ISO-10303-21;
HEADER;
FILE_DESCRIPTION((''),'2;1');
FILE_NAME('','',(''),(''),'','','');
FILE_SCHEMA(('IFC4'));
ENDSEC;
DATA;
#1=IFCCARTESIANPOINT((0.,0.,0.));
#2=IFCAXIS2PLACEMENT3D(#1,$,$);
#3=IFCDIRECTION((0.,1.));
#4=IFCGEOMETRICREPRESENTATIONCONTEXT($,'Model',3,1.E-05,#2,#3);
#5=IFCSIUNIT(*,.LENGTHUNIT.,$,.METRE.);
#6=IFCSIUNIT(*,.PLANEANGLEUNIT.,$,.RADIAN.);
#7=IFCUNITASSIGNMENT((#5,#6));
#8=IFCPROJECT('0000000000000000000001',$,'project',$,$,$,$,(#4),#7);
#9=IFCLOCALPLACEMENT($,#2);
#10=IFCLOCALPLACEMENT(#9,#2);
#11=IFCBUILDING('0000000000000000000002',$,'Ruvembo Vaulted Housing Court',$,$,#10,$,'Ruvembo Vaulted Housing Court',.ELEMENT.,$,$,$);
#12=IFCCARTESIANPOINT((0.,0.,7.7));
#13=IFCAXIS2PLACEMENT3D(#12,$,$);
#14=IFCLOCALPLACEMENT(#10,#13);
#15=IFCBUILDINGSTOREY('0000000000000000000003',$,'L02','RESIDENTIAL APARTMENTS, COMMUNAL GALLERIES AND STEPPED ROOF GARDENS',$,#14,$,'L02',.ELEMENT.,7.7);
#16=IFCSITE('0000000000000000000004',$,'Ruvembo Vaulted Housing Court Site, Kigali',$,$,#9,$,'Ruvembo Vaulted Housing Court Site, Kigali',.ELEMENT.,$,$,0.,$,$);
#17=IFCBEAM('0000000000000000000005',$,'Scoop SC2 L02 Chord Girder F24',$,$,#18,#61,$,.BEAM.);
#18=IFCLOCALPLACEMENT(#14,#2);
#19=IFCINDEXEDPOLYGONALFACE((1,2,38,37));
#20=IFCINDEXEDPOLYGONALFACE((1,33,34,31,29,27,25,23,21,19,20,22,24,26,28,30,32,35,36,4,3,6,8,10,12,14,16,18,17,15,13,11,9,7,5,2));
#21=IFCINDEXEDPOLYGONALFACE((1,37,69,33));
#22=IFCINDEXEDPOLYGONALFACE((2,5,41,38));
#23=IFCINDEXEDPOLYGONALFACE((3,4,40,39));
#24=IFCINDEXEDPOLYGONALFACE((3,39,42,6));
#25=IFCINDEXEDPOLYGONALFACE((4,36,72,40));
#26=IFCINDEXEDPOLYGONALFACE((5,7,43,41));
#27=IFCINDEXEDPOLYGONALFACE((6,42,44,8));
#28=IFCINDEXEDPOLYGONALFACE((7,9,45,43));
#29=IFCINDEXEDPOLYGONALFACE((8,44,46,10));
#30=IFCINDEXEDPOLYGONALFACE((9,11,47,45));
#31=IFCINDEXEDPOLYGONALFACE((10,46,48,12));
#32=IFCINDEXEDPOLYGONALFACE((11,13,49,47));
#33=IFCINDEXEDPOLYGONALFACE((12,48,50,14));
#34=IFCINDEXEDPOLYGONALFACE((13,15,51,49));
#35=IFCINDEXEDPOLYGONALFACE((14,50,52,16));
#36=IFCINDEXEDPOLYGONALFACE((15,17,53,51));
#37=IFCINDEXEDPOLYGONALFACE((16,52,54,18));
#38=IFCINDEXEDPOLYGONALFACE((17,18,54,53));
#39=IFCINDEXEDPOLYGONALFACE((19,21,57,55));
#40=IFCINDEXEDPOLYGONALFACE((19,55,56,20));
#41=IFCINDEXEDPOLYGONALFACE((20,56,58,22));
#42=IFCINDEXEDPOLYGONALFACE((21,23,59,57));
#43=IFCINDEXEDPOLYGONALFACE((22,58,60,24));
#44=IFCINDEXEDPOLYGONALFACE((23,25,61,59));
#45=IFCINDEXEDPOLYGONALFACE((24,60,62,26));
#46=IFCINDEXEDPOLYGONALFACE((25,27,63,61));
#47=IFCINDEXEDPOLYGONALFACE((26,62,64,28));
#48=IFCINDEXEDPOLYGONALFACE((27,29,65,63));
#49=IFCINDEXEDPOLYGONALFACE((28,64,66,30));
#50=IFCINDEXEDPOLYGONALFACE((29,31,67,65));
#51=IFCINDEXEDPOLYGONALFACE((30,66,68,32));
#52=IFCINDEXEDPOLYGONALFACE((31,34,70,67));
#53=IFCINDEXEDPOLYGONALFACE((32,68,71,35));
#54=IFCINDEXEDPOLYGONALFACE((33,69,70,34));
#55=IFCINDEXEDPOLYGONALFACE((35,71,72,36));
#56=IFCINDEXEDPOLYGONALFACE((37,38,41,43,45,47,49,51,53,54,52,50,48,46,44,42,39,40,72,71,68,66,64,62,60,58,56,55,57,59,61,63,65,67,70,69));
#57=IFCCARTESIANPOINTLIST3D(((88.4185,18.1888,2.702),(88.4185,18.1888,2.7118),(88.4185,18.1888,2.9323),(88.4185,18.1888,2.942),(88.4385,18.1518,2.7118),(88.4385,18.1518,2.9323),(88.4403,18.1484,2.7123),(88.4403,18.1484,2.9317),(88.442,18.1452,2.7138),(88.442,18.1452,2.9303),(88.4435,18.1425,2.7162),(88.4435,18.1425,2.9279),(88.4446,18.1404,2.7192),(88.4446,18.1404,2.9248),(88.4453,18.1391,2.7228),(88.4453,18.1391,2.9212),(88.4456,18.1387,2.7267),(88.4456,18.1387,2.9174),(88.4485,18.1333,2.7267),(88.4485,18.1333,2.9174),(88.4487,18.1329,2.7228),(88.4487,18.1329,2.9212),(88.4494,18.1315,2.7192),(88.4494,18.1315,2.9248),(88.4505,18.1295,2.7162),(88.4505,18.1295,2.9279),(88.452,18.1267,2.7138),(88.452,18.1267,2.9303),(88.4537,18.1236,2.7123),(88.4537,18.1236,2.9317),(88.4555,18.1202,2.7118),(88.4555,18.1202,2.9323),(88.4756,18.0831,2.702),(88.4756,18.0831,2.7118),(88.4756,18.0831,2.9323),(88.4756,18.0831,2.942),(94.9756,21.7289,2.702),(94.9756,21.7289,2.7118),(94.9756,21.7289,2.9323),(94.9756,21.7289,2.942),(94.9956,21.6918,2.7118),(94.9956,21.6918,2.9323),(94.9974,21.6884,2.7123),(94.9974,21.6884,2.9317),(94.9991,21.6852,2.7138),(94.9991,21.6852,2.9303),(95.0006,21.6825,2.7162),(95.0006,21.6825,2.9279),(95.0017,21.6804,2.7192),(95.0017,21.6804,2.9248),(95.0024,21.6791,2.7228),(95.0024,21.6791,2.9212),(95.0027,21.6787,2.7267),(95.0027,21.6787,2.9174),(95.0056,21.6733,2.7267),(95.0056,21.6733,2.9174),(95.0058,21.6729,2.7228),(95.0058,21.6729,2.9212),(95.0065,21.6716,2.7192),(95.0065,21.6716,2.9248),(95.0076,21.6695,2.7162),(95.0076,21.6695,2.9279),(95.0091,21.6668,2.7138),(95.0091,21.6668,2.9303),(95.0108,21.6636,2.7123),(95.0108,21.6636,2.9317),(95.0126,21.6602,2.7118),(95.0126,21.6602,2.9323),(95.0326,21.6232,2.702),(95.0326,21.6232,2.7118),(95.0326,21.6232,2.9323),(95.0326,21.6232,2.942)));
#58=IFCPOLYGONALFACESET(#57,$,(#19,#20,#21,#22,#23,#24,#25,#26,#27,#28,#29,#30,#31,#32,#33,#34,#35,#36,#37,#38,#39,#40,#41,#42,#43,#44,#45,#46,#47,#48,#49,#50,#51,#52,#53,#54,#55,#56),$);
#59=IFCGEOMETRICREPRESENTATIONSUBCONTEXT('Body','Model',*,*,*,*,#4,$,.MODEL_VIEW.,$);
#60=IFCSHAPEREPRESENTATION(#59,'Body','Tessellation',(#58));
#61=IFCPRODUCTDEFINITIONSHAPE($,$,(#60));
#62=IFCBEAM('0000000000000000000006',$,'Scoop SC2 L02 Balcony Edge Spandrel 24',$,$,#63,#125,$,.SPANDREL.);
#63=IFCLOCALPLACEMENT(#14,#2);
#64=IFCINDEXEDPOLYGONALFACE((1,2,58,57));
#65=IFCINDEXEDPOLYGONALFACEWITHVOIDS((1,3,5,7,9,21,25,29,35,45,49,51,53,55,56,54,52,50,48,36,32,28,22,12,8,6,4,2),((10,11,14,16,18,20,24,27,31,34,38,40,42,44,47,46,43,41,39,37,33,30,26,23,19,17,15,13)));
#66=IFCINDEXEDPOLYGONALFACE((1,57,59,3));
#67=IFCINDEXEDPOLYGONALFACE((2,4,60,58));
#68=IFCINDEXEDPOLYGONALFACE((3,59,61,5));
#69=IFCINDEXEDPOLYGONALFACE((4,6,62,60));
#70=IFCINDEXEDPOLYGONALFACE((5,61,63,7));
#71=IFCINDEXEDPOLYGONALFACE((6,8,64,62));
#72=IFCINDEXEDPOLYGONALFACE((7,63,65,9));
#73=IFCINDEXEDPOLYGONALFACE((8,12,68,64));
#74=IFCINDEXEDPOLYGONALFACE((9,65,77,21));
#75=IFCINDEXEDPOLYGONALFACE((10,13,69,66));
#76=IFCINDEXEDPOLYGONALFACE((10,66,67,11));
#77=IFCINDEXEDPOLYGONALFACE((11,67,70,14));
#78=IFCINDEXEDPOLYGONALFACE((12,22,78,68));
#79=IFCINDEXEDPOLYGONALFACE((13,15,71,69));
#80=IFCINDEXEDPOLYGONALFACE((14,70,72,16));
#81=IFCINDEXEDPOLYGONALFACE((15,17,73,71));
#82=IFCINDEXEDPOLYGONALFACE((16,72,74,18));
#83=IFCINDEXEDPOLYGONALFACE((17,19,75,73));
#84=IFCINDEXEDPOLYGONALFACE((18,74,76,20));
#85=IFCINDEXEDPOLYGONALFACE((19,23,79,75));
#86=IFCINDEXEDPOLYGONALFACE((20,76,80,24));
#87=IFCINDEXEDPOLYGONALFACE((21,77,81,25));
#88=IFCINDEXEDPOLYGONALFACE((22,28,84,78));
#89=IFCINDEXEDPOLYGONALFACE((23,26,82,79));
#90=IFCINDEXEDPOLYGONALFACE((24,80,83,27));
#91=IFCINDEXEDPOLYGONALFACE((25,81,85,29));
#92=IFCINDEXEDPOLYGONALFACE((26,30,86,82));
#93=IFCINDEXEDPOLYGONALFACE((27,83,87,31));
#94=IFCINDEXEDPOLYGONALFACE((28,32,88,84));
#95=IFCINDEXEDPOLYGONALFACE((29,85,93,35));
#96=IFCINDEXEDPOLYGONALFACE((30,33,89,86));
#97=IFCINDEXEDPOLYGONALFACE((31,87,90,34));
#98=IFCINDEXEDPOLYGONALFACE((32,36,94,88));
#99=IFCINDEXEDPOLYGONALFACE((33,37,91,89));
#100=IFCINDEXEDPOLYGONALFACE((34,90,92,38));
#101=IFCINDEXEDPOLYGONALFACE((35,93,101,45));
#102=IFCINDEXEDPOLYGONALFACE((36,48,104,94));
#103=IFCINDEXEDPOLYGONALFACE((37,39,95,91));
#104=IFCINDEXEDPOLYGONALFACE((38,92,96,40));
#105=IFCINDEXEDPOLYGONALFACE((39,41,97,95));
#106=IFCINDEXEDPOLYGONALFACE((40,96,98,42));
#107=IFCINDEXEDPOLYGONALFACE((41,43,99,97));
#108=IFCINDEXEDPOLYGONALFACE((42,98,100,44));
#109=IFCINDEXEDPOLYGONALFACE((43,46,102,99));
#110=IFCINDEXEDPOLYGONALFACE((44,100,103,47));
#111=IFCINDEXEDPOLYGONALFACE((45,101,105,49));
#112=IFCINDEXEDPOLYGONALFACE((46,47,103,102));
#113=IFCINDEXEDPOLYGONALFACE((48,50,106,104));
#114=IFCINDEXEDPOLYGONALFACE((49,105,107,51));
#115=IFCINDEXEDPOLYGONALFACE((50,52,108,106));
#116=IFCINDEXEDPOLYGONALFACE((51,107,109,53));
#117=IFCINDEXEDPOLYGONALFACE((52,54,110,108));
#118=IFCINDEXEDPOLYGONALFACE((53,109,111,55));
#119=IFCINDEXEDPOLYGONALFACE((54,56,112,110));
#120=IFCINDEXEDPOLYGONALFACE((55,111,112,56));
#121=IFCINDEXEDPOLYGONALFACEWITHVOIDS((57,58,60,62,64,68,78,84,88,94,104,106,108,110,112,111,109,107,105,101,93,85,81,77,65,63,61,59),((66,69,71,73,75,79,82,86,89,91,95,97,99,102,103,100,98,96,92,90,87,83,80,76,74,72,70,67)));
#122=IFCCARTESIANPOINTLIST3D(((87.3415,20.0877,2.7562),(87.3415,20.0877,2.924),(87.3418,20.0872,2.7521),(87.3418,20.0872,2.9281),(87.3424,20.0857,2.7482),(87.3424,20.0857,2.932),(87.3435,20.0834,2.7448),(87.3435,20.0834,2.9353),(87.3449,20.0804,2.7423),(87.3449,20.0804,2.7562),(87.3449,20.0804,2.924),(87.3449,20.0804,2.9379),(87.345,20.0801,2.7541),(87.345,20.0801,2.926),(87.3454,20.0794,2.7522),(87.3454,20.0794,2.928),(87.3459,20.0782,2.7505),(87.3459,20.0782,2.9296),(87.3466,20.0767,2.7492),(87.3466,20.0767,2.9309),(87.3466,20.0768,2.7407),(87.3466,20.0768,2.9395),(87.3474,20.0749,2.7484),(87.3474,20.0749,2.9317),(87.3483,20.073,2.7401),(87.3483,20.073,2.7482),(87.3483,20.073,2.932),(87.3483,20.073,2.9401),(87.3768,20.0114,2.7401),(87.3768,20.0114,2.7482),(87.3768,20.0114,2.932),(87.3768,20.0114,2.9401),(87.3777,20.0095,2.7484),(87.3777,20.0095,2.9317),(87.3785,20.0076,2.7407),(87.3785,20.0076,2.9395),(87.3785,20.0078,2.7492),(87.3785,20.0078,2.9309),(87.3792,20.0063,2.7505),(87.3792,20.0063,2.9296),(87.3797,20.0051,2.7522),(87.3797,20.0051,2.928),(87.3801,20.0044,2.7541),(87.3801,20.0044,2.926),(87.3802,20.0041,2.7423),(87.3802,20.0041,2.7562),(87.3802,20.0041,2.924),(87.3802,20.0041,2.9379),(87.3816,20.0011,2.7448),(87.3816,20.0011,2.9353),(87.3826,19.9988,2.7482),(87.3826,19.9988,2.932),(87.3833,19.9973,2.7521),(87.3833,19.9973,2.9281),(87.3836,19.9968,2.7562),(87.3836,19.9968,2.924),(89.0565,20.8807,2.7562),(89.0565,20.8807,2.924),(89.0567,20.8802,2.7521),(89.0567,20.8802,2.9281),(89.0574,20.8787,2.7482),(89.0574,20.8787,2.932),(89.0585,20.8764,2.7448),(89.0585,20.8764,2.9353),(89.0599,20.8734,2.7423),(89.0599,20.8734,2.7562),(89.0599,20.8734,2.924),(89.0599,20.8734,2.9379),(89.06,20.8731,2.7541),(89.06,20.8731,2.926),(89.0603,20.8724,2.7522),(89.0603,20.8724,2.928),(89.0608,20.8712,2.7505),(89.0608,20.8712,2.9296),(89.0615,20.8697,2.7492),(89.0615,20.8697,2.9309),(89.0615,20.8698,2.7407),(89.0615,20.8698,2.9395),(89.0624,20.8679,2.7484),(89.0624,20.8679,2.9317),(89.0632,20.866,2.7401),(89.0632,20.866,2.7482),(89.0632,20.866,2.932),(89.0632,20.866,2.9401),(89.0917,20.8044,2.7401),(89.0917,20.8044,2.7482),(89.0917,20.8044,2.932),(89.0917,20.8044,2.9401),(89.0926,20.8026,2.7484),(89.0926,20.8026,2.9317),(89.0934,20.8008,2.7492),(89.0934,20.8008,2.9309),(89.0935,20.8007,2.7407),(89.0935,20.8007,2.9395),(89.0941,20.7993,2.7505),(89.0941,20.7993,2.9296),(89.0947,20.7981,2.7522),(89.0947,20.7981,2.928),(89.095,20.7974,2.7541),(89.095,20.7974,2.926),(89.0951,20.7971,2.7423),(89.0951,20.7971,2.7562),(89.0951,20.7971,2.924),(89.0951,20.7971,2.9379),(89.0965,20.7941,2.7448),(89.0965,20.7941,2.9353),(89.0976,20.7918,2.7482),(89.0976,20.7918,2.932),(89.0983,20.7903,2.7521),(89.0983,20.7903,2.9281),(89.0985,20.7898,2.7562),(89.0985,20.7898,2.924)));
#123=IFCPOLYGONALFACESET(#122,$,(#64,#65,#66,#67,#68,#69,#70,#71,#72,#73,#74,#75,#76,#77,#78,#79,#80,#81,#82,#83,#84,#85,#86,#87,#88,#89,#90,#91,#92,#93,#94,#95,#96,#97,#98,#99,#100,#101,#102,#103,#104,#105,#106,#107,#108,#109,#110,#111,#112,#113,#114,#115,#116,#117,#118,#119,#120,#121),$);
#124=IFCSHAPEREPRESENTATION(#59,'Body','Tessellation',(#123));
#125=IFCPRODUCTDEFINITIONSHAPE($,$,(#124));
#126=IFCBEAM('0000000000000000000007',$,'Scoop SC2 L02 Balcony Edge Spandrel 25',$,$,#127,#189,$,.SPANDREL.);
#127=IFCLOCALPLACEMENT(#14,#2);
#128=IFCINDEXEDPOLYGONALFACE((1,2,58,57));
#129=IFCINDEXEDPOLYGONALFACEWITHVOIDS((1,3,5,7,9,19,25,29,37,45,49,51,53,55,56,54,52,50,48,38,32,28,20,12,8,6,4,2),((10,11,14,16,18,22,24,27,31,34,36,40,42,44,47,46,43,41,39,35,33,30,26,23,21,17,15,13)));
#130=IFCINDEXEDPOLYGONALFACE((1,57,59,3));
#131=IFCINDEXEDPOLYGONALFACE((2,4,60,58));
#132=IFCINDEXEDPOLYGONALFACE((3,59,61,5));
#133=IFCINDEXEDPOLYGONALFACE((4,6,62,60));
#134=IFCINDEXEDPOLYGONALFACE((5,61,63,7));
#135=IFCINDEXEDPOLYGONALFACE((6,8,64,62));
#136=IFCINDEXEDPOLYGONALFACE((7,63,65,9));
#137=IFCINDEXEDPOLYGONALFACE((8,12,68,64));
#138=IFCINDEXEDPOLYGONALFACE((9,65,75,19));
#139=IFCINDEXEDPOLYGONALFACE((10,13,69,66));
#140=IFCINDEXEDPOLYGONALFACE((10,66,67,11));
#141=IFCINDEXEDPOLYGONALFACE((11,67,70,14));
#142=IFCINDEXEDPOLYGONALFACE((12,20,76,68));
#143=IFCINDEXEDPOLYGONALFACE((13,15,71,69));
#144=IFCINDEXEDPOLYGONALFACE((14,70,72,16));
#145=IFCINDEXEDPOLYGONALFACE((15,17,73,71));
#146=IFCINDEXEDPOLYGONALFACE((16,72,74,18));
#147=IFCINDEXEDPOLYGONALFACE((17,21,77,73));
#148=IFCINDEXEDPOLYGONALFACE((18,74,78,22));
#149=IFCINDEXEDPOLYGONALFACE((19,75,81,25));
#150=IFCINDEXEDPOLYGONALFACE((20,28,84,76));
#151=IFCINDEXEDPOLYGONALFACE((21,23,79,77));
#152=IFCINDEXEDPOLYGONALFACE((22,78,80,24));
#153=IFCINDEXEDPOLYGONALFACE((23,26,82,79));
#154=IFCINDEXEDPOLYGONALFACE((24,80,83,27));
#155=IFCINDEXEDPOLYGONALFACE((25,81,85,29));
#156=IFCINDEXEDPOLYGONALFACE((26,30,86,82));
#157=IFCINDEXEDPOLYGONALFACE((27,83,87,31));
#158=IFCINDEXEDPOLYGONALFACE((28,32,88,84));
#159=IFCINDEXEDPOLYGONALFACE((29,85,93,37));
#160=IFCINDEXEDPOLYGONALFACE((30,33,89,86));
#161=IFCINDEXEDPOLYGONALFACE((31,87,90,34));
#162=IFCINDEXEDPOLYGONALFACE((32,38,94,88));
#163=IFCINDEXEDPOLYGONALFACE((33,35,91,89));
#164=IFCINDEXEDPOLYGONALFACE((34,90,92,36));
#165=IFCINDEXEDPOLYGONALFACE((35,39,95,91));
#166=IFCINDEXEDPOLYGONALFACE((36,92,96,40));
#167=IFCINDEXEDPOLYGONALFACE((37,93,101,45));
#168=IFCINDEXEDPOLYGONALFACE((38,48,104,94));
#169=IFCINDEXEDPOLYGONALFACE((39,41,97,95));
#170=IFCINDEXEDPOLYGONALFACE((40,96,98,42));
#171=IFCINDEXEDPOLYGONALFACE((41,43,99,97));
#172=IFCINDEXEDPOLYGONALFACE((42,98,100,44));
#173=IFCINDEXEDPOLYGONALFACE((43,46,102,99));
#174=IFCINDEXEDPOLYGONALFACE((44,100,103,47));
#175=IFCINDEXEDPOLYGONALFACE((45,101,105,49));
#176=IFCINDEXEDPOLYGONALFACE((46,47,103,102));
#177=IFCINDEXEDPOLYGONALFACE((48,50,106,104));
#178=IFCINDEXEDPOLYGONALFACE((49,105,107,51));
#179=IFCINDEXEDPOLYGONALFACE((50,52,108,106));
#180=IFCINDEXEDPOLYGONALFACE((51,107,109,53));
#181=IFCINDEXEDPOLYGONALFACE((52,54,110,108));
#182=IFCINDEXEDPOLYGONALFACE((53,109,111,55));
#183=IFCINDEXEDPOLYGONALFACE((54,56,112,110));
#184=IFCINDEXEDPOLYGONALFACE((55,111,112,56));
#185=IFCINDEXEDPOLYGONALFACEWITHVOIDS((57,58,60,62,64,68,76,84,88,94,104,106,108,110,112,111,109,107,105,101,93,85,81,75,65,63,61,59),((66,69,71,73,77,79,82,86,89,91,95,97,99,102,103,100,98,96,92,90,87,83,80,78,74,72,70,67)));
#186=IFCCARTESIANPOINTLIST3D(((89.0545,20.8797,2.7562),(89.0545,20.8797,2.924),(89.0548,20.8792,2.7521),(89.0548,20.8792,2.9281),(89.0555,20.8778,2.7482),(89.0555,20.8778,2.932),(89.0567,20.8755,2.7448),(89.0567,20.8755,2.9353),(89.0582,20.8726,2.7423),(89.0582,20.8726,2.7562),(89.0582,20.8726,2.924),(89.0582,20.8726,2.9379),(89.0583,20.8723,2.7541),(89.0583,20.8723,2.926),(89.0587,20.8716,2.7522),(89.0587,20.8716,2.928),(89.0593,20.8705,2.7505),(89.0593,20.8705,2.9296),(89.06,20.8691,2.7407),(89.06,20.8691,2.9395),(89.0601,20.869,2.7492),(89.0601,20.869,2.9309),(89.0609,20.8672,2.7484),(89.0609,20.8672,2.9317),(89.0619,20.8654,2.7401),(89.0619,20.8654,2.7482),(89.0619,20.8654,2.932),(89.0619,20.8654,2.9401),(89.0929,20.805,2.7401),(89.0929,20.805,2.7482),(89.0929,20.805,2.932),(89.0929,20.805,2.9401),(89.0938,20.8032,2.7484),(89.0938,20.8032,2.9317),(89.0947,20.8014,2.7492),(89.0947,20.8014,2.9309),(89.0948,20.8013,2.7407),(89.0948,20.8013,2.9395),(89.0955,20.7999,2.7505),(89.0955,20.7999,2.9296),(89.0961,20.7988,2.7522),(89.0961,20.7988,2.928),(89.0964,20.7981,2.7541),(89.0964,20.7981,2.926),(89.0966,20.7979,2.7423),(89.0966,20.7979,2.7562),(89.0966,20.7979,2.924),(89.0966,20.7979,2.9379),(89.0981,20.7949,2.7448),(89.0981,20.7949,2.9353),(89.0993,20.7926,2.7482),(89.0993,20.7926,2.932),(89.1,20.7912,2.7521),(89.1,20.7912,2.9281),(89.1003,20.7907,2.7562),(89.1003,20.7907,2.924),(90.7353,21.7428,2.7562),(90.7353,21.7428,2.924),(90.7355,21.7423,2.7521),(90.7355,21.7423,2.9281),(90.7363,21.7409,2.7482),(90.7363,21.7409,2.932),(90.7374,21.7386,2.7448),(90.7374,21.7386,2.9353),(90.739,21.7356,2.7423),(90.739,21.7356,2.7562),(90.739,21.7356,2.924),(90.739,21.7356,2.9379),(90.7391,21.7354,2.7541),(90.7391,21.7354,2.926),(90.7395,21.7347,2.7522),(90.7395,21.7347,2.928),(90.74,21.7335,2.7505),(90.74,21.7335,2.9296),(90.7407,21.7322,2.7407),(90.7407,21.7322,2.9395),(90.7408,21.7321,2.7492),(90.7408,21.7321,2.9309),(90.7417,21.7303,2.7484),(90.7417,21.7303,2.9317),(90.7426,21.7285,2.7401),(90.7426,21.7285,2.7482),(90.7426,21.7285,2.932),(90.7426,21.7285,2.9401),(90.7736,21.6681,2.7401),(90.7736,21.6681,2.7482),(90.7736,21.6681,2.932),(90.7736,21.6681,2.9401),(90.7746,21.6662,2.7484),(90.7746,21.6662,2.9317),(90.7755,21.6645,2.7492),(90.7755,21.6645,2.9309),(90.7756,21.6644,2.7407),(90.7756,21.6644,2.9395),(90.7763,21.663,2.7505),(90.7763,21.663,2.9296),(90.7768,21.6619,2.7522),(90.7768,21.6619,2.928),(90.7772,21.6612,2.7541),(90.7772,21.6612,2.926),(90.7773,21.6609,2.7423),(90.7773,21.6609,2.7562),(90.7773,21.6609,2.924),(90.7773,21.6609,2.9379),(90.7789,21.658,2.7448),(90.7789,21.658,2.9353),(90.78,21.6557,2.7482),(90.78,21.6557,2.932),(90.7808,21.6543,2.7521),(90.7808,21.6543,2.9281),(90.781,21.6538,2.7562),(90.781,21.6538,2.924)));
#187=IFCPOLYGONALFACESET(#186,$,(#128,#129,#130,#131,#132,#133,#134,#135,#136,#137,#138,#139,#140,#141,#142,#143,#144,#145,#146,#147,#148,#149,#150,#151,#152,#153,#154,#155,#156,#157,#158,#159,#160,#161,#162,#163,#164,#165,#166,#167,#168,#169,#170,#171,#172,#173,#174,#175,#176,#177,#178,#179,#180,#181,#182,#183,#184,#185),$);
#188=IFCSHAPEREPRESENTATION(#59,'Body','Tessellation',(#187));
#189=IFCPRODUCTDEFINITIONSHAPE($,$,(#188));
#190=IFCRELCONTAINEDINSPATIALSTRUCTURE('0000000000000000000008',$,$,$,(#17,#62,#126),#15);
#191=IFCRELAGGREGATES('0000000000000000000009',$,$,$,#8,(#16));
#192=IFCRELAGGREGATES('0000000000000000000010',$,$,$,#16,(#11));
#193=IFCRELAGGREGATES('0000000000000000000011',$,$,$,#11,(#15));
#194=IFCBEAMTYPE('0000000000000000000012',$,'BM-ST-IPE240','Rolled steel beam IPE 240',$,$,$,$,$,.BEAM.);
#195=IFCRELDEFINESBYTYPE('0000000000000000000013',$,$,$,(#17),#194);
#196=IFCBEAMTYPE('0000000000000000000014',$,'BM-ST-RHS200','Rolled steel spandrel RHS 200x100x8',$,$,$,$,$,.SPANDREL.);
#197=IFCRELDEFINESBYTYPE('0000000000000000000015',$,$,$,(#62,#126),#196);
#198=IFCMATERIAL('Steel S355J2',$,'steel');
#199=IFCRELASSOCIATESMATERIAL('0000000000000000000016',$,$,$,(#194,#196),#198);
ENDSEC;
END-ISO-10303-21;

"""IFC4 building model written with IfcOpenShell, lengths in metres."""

from ifc_helpers import new_model, si_unit, direction, frame, origin, origin_2d, place, context, subcontext, project, spatial, hollow_rectangle, i_section, extrude, material, material_profile, profile_set, type_object, element, save


model = new_model("IFC4")

# Units and contexts
model_context = context("Model", 3, precision=1e-05, world=origin(), true_north=direction((0.0, 1.0)))
body_context = subcontext(model_context, "Body", "Model", "MODEL_VIEW")
ifc_project = project(units=[si_unit("LENGTHUNIT", "METRE"), si_unit("PLANEANGLEUNIT", "RADIAN")], contexts=[model_context])

# Site, building, storey
site_placement = place(None, origin())
site = spatial("IfcSite", under=ifc_project, at=site_placement, Name="Ruvembo Vaulted Housing Court Site, Kigali", LongName="Ruvembo Vaulted Housing Court Site, Kigali", CompositionType="ELEMENT", RefElevation=0.0)
building_placement = place(site_placement, origin())
building = spatial("IfcBuilding", under=site, at=building_placement, Name="Ruvembo Vaulted Housing Court", LongName="Ruvembo Vaulted Housing Court", CompositionType="ELEMENT")
storey_placement = place(building_placement, frame((0.0, 0.0, 7.7)))
storey = spatial("IfcBuildingStorey", under=building, at=storey_placement, Name="L02", Description="RESIDENTIAL APARTMENTS, COMMUNAL GALLERIES AND STEPPED ROOF GARDENS", LongName="L02", CompositionType="ELEMENT", Elevation=7.7)

# Beams
ifc_material_1 = material(Name="Steel S355J2", Category="steel")
ifc_material_profile_1 = material_profile(ifc_material_1, i_section(OverallWidth=0.1201, OverallDepth=0.24, WebThickness=0.0061, FlangeThickness=0.0098, FilletRadius=0.0149, at=origin_2d()), Name="IPE 240")
ifc_profile_set_1 = profile_set([ifc_material_profile_1], Name="Steel S355J2")
beam_type_1 = type_object("IfcBeamType", Name="BM-ST-IPE240", Description="Rolled steel beam IPE 240", PredefinedType="BEAM", material=ifc_profile_set_1)
beam_placement = place(storey_placement, frame((88.447, 18.136, 2.822), z_axis=(0.879951, 0.475065, 0.0), x_axis=(-0.475065, 0.879951, 0.0)))
element("IfcBeam", 1, at=beam_placement, inside=storey, type_object=beam_type_1, Name="Scoop SC2 L02 Chord Girder F24", PredefinedType="BEAM", context=body_context, shape_type="SweptSolid", body=[
    extrude(i_section(OverallWidth=0.1201, OverallDepth=0.24, WebThickness=0.0061, FlangeThickness=0.0098, FilletRadius=0.0149, at=origin_2d()), origin(), (0.0, 0.0, 1.0), 7.4517),
])
ifc_material_profile_2 = material_profile(ifc_material_1, hollow_rectangle(XDim=0.1001, YDim=0.2, WallThickness=0.0081, InnerFilletRadius=0.0081, OuterFilletRadius=0.0161, at=origin_2d()), Name="RHS 200x100x8")
ifc_profile_set_2 = profile_set([ifc_material_profile_2], Name="Steel S355J2")
beam_type_2 = type_object("IfcBeamType", Name="BM-ST-RHS200", Description="Rolled steel spandrel RHS 200x100x8", PredefinedType="SPANDREL", material=ifc_profile_set_2)
for number, where, z_axis, x_axis, name in (
    (2, (87.3625, 20.0422, 2.8401), (0.907657, 0.419714, 0.0), (-0.419714, 0.907657, 0.0), "Scoop SC2 L02 Balcony Edge Spandrel 24"),
    (3, (89.0774, 20.8352, 2.8401), (0.889568, 0.456802, 0.0), (-0.456802, 0.889568, 0.0), "Scoop SC2 L02 Balcony Edge Spandrel 25"),
):
    element("IfcBeam", number, at=place(storey_placement, frame(where, z_axis=z_axis, x_axis=x_axis)), inside=storey, type_object=beam_type_2, Name=name, PredefinedType="SPANDREL", context=body_context, shape_type="SweptSolid", body=[
        extrude(hollow_rectangle(XDim=0.1001, YDim=0.2, WallThickness=0.0081, InnerFilletRadius=0.0081, OuterFilletRadius=0.0161, at=origin_2d()), origin(), (0.0, 0.0, 1.0), 1.8894),
    ])

save(model, "model.ifc")
